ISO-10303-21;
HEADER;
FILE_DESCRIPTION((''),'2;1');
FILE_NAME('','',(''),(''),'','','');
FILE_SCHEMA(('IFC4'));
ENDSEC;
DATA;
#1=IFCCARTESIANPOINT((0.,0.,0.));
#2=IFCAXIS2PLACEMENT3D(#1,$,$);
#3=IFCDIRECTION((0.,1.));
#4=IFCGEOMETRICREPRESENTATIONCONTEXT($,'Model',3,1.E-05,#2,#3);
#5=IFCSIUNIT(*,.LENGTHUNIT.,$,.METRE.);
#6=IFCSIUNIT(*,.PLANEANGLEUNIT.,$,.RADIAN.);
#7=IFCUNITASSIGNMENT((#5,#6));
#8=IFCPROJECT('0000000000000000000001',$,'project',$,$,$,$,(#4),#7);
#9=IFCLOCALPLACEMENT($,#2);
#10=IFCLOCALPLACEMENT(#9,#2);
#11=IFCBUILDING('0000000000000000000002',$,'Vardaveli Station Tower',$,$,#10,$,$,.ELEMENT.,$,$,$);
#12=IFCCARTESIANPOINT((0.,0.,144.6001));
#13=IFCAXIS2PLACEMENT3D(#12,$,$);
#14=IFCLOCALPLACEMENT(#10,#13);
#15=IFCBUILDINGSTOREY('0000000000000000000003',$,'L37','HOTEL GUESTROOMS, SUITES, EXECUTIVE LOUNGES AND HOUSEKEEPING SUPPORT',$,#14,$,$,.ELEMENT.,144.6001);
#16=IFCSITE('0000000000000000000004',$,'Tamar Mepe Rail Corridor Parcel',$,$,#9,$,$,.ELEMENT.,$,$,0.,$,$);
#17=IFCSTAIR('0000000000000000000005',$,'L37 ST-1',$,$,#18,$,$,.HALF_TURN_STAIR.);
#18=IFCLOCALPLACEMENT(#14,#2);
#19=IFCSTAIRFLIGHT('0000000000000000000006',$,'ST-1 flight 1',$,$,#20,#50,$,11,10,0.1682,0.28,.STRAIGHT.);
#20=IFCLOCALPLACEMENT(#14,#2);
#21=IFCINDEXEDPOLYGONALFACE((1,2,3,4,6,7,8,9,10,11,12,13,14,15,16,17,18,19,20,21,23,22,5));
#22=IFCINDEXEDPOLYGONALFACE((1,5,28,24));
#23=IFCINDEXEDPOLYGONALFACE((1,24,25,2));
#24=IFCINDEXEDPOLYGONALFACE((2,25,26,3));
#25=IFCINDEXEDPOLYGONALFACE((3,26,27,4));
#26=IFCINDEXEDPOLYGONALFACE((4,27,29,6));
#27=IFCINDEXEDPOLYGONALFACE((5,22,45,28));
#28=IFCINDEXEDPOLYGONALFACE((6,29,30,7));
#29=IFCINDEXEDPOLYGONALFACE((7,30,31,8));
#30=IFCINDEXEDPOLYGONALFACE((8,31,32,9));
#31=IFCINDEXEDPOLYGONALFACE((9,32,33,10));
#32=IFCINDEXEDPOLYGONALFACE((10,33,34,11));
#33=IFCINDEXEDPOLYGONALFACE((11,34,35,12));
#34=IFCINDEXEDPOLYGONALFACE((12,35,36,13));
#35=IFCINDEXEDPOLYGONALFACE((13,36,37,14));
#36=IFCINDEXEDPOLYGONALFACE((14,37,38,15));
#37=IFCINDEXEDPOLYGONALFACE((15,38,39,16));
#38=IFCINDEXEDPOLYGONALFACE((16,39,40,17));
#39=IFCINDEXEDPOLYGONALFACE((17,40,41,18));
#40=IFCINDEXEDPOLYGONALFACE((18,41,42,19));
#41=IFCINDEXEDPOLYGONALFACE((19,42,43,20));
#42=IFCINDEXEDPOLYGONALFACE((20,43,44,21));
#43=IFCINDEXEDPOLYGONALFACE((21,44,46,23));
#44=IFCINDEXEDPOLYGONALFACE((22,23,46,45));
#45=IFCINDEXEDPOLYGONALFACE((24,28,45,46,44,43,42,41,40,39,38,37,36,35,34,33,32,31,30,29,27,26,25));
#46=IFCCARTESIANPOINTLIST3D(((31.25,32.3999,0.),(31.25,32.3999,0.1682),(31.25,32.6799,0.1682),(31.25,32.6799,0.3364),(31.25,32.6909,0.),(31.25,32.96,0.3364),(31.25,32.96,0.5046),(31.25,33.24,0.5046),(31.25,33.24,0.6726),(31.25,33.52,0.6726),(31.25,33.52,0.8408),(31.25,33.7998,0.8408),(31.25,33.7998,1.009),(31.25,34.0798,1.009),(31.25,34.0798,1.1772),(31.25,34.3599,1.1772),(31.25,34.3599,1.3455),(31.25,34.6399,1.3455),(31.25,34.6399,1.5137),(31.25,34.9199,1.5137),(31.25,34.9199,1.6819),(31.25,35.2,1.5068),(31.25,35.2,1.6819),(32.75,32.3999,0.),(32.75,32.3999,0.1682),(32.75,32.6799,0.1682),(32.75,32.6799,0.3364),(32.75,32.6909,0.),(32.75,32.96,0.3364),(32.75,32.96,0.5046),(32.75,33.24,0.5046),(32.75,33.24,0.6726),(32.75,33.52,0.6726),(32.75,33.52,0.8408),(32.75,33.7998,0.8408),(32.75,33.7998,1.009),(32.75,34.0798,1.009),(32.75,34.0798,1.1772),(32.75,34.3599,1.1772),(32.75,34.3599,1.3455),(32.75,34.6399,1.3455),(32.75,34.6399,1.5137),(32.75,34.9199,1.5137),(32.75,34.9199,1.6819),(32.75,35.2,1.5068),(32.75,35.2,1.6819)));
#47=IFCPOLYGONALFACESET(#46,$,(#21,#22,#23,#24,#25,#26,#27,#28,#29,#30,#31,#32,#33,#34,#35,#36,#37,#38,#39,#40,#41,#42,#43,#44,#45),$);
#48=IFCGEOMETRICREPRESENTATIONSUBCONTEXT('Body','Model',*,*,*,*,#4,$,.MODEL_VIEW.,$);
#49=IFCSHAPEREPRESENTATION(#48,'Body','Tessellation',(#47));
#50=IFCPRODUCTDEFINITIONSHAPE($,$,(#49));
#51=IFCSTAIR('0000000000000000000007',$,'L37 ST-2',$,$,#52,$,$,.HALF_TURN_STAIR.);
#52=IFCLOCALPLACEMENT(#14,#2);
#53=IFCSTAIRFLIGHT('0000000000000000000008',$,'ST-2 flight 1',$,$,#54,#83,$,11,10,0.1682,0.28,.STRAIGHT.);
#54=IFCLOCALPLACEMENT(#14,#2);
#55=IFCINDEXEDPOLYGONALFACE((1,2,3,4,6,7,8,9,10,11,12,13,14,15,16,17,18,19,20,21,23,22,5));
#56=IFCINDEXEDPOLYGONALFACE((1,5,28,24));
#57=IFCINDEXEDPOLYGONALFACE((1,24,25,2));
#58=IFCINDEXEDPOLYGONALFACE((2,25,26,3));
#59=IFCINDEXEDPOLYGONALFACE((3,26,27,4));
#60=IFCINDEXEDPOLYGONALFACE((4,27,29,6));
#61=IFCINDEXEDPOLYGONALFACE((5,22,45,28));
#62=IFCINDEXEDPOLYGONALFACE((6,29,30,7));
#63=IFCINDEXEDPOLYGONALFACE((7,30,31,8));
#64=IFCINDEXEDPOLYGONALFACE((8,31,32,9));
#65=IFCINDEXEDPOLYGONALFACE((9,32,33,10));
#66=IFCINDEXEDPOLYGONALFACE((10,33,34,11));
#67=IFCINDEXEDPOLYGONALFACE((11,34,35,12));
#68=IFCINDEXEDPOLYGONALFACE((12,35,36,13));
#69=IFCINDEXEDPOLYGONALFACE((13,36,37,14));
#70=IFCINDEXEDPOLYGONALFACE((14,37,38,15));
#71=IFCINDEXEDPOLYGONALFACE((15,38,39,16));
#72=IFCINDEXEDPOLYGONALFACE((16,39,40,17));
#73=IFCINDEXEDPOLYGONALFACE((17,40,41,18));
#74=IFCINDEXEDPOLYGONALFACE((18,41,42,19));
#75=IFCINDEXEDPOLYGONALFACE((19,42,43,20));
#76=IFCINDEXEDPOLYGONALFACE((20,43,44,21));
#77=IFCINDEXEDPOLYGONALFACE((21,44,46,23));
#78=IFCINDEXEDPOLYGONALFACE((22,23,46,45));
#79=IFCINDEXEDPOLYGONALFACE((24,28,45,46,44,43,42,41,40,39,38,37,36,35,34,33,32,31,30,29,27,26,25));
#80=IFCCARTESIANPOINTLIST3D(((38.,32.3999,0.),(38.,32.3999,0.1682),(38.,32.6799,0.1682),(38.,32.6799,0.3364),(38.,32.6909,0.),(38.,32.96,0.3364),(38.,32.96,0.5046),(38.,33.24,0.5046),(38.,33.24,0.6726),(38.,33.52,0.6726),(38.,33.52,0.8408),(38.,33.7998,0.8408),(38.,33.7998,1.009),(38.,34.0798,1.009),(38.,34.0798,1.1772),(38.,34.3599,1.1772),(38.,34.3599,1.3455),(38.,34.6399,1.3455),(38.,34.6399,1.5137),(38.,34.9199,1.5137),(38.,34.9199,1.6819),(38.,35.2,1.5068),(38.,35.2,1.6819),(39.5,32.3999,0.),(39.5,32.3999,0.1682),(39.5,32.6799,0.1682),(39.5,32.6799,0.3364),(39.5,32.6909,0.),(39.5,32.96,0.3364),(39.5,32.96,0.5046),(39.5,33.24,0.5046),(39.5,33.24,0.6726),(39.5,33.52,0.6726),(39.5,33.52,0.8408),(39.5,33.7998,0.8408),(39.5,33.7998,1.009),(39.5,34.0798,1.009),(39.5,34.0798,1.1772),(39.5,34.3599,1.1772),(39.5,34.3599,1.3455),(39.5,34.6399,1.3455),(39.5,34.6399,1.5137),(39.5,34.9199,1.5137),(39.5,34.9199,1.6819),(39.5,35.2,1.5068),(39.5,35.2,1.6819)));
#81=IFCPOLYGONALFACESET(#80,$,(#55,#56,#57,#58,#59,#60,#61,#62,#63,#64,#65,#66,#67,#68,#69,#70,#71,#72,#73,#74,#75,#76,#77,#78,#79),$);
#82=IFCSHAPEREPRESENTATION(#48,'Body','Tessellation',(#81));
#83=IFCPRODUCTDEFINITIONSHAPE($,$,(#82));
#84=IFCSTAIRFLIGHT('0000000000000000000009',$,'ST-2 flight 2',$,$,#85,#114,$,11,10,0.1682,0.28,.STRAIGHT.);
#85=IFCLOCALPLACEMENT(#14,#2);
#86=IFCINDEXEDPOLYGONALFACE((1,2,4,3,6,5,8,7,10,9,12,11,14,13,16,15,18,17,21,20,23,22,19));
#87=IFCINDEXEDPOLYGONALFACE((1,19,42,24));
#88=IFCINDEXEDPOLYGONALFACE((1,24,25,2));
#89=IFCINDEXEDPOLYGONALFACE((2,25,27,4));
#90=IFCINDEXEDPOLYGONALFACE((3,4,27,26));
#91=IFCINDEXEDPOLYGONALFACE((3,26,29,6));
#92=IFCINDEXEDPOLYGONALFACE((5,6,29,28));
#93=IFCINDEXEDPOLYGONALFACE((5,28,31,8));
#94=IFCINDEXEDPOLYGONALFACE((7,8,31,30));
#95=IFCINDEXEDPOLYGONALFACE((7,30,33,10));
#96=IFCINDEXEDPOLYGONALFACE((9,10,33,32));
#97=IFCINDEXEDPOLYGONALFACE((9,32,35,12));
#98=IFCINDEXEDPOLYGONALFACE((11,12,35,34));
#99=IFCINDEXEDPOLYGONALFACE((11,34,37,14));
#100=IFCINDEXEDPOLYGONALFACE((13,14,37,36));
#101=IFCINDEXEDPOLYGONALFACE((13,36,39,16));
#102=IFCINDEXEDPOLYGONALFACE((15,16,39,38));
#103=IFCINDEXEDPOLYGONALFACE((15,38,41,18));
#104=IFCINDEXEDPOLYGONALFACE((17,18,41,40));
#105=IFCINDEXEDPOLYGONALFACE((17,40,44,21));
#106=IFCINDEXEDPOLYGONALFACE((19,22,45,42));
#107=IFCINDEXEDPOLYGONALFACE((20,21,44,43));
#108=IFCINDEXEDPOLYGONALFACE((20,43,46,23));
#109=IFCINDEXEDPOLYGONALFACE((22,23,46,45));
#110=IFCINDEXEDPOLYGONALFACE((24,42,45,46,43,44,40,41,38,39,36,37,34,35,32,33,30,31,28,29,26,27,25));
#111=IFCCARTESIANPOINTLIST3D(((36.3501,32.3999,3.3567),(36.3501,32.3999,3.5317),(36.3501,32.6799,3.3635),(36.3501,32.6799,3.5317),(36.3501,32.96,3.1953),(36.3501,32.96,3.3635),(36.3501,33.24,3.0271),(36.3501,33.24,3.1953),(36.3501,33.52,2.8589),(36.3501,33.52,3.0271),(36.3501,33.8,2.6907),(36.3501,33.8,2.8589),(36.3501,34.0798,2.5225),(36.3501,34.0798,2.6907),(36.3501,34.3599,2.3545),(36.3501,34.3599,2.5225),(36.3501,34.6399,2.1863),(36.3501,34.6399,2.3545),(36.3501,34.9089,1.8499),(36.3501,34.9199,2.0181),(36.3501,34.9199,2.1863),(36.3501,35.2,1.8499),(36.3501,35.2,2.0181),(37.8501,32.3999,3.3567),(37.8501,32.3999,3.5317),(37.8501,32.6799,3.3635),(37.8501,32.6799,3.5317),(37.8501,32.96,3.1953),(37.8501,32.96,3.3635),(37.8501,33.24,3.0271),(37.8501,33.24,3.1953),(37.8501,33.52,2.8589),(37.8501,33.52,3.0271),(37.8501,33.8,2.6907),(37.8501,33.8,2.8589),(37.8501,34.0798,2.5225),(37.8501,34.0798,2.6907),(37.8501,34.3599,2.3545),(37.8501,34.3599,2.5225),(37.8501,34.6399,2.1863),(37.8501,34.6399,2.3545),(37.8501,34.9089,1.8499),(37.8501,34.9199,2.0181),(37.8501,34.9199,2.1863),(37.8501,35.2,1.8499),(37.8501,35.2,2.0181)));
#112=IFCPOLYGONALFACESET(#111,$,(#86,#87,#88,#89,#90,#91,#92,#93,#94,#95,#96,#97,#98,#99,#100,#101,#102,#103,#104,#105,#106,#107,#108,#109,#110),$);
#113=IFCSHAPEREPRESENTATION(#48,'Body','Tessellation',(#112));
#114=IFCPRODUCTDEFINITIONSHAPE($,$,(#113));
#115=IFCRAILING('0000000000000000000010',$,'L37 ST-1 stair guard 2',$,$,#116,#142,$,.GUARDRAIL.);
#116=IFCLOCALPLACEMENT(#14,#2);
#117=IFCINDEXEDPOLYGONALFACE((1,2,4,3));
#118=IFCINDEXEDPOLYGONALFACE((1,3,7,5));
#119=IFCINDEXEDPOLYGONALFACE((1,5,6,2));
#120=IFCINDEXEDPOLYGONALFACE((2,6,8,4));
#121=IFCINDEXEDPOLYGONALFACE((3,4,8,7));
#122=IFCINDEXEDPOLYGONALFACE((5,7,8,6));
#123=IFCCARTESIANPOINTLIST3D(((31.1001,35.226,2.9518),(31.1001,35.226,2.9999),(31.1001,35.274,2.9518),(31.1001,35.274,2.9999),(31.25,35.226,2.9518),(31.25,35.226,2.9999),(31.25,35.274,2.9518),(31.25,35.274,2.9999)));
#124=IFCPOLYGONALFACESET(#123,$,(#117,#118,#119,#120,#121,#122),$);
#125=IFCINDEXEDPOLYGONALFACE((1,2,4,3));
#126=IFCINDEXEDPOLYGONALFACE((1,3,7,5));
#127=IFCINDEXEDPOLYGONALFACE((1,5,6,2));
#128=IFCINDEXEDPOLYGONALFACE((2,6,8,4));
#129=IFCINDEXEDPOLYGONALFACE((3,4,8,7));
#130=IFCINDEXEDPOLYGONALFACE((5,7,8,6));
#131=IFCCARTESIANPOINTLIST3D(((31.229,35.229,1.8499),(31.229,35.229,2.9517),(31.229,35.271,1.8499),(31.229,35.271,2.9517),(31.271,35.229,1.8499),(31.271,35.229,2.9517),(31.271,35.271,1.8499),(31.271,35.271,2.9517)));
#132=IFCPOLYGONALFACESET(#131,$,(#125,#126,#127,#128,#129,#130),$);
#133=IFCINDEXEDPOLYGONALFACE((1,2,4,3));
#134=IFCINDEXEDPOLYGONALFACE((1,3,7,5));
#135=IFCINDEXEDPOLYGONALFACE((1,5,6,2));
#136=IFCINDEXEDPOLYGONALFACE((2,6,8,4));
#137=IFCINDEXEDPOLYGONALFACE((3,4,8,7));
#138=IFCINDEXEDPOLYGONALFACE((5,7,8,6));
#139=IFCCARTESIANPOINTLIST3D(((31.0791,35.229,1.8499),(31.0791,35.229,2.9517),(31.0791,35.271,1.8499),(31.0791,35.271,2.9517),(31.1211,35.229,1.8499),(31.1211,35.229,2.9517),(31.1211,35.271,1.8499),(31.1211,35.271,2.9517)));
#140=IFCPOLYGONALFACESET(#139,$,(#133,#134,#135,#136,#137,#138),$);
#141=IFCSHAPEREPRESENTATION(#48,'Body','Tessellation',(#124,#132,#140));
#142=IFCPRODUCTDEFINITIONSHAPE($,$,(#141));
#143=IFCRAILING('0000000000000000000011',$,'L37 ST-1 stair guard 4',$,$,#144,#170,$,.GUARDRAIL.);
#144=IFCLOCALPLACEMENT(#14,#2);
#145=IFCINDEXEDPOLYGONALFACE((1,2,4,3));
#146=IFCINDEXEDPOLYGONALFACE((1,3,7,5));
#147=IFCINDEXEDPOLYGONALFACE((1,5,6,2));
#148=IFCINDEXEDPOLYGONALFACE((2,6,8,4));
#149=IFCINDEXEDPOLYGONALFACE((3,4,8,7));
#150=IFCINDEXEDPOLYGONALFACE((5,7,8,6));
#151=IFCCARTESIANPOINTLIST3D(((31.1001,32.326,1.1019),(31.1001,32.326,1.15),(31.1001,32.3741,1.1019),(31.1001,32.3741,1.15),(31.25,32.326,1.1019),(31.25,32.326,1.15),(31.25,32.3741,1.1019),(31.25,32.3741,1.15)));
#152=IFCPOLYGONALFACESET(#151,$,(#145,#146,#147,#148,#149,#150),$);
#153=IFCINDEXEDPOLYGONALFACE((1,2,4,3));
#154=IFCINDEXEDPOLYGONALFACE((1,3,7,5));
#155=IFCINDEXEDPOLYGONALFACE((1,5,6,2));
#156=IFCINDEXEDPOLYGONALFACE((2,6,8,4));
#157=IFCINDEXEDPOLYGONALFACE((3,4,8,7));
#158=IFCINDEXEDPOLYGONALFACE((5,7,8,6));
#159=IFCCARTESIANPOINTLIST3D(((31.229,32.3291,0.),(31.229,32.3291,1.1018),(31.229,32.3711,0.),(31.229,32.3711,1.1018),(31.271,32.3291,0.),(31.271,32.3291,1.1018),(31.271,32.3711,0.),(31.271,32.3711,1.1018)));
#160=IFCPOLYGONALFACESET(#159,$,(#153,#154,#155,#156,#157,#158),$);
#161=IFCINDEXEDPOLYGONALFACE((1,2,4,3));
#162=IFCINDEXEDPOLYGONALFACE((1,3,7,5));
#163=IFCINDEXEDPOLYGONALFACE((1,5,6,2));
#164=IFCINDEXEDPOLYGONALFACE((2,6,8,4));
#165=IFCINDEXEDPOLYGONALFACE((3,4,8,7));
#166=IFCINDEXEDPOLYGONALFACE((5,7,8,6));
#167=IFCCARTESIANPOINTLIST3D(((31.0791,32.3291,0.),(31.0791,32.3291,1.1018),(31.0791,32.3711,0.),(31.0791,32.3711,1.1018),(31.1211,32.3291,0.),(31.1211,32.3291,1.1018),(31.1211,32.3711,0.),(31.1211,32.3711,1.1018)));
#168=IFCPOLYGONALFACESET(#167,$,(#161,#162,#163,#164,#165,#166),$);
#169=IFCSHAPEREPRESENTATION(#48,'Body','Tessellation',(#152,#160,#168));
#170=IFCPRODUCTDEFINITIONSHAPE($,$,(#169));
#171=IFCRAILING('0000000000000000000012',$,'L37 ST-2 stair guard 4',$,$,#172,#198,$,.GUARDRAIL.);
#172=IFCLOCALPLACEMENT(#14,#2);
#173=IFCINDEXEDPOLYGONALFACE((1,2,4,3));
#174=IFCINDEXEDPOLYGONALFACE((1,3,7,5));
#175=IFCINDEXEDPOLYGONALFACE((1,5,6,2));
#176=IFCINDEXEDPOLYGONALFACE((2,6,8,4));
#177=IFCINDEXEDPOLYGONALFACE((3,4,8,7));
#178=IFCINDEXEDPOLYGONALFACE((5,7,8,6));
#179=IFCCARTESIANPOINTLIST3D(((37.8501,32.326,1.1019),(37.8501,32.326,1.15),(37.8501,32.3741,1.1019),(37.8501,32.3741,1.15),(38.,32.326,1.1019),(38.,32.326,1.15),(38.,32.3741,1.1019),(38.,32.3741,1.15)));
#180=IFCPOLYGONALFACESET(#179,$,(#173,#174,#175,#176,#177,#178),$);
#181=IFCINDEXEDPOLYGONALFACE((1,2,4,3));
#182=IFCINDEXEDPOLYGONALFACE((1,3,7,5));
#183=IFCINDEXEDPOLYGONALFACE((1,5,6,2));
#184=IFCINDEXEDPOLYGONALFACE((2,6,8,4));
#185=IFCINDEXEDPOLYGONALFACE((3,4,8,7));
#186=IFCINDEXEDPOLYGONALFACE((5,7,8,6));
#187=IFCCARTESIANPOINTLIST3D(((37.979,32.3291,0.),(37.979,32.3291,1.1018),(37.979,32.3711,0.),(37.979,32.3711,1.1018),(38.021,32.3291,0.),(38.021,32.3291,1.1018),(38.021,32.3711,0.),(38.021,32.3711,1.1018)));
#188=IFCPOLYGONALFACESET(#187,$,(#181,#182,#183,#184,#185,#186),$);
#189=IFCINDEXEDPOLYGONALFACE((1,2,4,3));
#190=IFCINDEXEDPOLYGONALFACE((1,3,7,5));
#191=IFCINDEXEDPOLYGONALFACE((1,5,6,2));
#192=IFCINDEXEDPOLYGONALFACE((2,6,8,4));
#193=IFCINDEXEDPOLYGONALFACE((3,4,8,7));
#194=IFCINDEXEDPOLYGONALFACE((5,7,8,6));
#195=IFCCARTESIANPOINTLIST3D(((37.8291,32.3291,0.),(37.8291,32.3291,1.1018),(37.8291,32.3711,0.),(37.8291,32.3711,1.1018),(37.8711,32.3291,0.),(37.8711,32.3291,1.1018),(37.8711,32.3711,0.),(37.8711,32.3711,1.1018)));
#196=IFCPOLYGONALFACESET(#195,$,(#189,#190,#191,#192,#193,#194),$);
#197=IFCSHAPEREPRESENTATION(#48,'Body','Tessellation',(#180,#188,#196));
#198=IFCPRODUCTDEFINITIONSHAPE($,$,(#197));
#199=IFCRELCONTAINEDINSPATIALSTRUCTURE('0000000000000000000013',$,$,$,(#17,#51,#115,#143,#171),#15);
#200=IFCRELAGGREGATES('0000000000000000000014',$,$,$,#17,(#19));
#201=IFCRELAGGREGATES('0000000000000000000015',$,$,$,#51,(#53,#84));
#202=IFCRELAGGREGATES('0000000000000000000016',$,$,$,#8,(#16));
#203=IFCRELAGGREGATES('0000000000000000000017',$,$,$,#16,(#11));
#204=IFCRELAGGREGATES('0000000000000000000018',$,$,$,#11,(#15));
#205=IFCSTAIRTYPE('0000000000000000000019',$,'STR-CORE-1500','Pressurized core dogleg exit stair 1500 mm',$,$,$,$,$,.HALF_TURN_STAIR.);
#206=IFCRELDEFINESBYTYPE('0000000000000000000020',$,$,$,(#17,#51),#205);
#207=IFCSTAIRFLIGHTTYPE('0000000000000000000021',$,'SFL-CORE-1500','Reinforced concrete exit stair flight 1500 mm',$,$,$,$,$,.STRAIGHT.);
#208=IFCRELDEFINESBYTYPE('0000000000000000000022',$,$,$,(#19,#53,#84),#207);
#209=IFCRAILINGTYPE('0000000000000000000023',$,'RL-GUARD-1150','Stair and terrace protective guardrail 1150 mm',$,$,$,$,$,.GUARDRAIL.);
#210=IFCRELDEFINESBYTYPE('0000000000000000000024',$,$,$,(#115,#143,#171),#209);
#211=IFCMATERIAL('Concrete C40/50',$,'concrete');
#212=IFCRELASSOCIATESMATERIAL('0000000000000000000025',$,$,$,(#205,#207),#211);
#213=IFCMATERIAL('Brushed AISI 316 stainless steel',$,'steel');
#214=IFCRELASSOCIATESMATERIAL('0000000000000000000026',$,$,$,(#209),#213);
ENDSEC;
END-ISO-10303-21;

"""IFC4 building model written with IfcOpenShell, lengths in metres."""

from ifc_helpers import new_model, si_unit, direction, frame, origin, origin_2d, place, context, subcontext, project, spatial, polyline, rectangle, outline, extrude, source, transform, mapped, material, type_object, element, aggregate, save


model = new_model("IFC4")

# Units and contexts
model_context = context("Model", 3, precision=1e-05, world=origin(), true_north=direction((0.0, 1.0)))
body_context = subcontext(model_context, "Body", "Model", "MODEL_VIEW")
ifc_project = project(units=[si_unit("LENGTHUNIT", "METRE"), si_unit("PLANEANGLEUNIT", "RADIAN")], contexts=[model_context])

# Site, building, storey
site_placement = place(None, origin())
site = spatial("IfcSite", under=ifc_project, at=site_placement, Name="Tamar Mepe Rail Corridor Parcel", CompositionType="ELEMENT", RefElevation=0.0)
building_placement = place(site_placement, origin())
building = spatial("IfcBuilding", under=site, at=building_placement, Name="Vardaveli Station Tower", CompositionType="ELEMENT")
storey_placement = place(building_placement, frame((0.0, 0.0, 144.6001)))
storey = spatial("IfcBuildingStorey", under=building, at=storey_placement, Name="L37", Description="HOTEL GUESTROOMS, SUITES, EXECUTIVE LOUNGES AND HOUSEKEEPING SUPPORT", CompositionType="ELEMENT", Elevation=144.6001)

# Shared definitions
ifc_material_1 = material(Name="Concrete C40/50", Category="concrete")

# Stair, stair flight
stair_type = type_object("IfcStairType", Name="STR-CORE-1500", Description="Pressurized core dogleg exit stair 1500 mm", PredefinedType="HALF_TURN_STAIR", material=ifc_material_1)
stair_1_placement = place(storey_placement, origin())
stair_1 = element("IfcStair", 1, at=stair_1_placement, inside=storey, type_object=stair_type, Name="L37 ST-1", PredefinedType="HALF_TURN_STAIR")
stair_flight_type = type_object("IfcStairFlightType", Name="SFL-CORE-1500", Description="Reinforced concrete exit stair flight 1500 mm", PredefinedType="STRAIGHT", material=ifc_material_1)
shared_shape_1 = source(origin(), body_context, "Body", "SweptSolid", [
    extrude(outline(polyline([(0.0, 0.0), (0.0, 0.1682), (0.28, 0.1682), (0.28, 0.3364), (0.5601, 0.3364), (0.5601, 0.5046), (0.8401, 0.5046), (0.8401, 0.6726), (1.1201, 0.6726), (1.1201, 0.8408), (1.3999, 0.8408), (1.3999, 1.009), (1.6799, 1.009), (1.6799, 1.1772), (1.96, 1.1772), (1.96, 1.3455), (2.24, 1.3455), (2.24, 1.5137), (2.52, 1.5137), (2.52, 1.6819), (2.8, 1.6819), (2.8, 1.8501), (2.8, 1.5068), (0.291, 0.0), (0.0, 0.0)])), frame((0.0, 0.75, 0.0), z_axis=(0.0, -1.0, 0.0), x_axis=(1.0, 0.0, 0.0)), (0.0, 0.0, 1.0), 1.5),
])
stair_flight_1_placement = place(storey_placement, frame((32.0, 32.3999, 0.0), z_axis=(0.0, 0.0, 1.0), x_axis=(0.0, 1.0, 0.0)))
stair_flight_1 = element("IfcStairFlight", 2, at=stair_flight_1_placement, type_object=stair_flight_type, Name="ST-1 flight 1", NumberOfRisers=11, NumberOfTreads=10, PredefinedType="STRAIGHT", RiserHeight=0.1682, TreadLength=0.28, context=body_context, shape_type="MappedRepresentation", body=[
    mapped(shared_shape_1, transform((0.0, 0.0, 0.0), scale=1.0)),
])
aggregate(stair_1, [stair_flight_1])

# Stair, stair flights
stair_2_placement = place(storey_placement, origin())
stair_2 = element("IfcStair", 3, at=stair_2_placement, inside=storey, type_object=stair_type, Name="L37 ST-2", PredefinedType="HALF_TURN_STAIR")
stair_flight_2_placement = place(storey_placement, frame((38.75, 32.3999, 0.0), z_axis=(0.0, 0.0, 1.0), x_axis=(0.0, 1.0, 0.0)))
stair_flight_2 = element("IfcStairFlight", 4, at=stair_flight_2_placement, type_object=stair_flight_type, Name="ST-2 flight 1", NumberOfRisers=11, NumberOfTreads=10, PredefinedType="STRAIGHT", RiserHeight=0.1682, TreadLength=0.28, context=body_context, shape_type="MappedRepresentation", body=[
    mapped(shared_shape_1, transform((0.0, 0.0, 0.0), scale=1.0)),
])
stair_flight_3_placement = place(storey_placement, frame((37.1001, 35.2, 1.8499), z_axis=(0.0, 0.0, 1.0), x_axis=(0.0, -1.0, 0.0)))
stair_flight_3 = element("IfcStairFlight", 5, at=stair_flight_3_placement, type_object=stair_flight_type, Name="ST-2 flight 2", NumberOfRisers=11, NumberOfTreads=10, PredefinedType="STRAIGHT", RiserHeight=0.1682, TreadLength=0.28, context=body_context, shape_type="MappedRepresentation", body=[
    mapped(shared_shape_1, transform((0.0, 0.0, 0.0), scale=1.0)),
])
aggregate(stair_2, [stair_flight_2, stair_flight_3])

# Railings
ifc_material_2 = material(Name="Brushed AISI 316 stainless steel", Category="steel")
railing_type_1 = type_object("IfcRailingType", Name="RL-GUARD-1150", Description="Stair and terrace protective guardrail 1150 mm", PredefinedType="GUARDRAIL", material=ifc_material_2)
shared_shape_2 = source(origin(), body_context, "Body", "SweptSolid", [
    extrude(rectangle(XDim=0.0481, YDim=0.0481, at=origin_2d()), frame((0.0, 0.0, 1.126), z_axis=(-1.0, 0.0, 0.0), x_axis=(0.0, -1.0, 0.0)), (0.0, 0.0, 1.0), 0.1499),
    extrude(rectangle(XDim=0.042, YDim=0.042, at=origin_2d()), origin(), (0.0, 0.0, 1.0), 1.1018),
    extrude(rectangle(XDim=0.042, YDim=0.042, at=origin_2d()), frame((-0.1499, 0.0, 0.0)), (0.0, 0.0, 1.0), 1.1018),
])
for number, where, name in (
    (6, (31.25, 35.25, 1.8499), "L37 ST-1 stair guard 2"),
    (7, (31.25, 32.3501, 0.0), "L37 ST-1 stair guard 4"),
    (8, (38.0, 32.3501, 0.0), "L37 ST-2 stair guard 4"),
):
    element("IfcRailing", number, at=place(storey_placement, frame(where)), inside=storey, type_object=railing_type_1, Name=name, PredefinedType="GUARDRAIL", context=body_context, shape_type="MappedRepresentation", body=[
        mapped(shared_shape_2, transform((0.0, 0.0, 0.0), scale=1.0)),
    ])

save(model, "model.ifc")
